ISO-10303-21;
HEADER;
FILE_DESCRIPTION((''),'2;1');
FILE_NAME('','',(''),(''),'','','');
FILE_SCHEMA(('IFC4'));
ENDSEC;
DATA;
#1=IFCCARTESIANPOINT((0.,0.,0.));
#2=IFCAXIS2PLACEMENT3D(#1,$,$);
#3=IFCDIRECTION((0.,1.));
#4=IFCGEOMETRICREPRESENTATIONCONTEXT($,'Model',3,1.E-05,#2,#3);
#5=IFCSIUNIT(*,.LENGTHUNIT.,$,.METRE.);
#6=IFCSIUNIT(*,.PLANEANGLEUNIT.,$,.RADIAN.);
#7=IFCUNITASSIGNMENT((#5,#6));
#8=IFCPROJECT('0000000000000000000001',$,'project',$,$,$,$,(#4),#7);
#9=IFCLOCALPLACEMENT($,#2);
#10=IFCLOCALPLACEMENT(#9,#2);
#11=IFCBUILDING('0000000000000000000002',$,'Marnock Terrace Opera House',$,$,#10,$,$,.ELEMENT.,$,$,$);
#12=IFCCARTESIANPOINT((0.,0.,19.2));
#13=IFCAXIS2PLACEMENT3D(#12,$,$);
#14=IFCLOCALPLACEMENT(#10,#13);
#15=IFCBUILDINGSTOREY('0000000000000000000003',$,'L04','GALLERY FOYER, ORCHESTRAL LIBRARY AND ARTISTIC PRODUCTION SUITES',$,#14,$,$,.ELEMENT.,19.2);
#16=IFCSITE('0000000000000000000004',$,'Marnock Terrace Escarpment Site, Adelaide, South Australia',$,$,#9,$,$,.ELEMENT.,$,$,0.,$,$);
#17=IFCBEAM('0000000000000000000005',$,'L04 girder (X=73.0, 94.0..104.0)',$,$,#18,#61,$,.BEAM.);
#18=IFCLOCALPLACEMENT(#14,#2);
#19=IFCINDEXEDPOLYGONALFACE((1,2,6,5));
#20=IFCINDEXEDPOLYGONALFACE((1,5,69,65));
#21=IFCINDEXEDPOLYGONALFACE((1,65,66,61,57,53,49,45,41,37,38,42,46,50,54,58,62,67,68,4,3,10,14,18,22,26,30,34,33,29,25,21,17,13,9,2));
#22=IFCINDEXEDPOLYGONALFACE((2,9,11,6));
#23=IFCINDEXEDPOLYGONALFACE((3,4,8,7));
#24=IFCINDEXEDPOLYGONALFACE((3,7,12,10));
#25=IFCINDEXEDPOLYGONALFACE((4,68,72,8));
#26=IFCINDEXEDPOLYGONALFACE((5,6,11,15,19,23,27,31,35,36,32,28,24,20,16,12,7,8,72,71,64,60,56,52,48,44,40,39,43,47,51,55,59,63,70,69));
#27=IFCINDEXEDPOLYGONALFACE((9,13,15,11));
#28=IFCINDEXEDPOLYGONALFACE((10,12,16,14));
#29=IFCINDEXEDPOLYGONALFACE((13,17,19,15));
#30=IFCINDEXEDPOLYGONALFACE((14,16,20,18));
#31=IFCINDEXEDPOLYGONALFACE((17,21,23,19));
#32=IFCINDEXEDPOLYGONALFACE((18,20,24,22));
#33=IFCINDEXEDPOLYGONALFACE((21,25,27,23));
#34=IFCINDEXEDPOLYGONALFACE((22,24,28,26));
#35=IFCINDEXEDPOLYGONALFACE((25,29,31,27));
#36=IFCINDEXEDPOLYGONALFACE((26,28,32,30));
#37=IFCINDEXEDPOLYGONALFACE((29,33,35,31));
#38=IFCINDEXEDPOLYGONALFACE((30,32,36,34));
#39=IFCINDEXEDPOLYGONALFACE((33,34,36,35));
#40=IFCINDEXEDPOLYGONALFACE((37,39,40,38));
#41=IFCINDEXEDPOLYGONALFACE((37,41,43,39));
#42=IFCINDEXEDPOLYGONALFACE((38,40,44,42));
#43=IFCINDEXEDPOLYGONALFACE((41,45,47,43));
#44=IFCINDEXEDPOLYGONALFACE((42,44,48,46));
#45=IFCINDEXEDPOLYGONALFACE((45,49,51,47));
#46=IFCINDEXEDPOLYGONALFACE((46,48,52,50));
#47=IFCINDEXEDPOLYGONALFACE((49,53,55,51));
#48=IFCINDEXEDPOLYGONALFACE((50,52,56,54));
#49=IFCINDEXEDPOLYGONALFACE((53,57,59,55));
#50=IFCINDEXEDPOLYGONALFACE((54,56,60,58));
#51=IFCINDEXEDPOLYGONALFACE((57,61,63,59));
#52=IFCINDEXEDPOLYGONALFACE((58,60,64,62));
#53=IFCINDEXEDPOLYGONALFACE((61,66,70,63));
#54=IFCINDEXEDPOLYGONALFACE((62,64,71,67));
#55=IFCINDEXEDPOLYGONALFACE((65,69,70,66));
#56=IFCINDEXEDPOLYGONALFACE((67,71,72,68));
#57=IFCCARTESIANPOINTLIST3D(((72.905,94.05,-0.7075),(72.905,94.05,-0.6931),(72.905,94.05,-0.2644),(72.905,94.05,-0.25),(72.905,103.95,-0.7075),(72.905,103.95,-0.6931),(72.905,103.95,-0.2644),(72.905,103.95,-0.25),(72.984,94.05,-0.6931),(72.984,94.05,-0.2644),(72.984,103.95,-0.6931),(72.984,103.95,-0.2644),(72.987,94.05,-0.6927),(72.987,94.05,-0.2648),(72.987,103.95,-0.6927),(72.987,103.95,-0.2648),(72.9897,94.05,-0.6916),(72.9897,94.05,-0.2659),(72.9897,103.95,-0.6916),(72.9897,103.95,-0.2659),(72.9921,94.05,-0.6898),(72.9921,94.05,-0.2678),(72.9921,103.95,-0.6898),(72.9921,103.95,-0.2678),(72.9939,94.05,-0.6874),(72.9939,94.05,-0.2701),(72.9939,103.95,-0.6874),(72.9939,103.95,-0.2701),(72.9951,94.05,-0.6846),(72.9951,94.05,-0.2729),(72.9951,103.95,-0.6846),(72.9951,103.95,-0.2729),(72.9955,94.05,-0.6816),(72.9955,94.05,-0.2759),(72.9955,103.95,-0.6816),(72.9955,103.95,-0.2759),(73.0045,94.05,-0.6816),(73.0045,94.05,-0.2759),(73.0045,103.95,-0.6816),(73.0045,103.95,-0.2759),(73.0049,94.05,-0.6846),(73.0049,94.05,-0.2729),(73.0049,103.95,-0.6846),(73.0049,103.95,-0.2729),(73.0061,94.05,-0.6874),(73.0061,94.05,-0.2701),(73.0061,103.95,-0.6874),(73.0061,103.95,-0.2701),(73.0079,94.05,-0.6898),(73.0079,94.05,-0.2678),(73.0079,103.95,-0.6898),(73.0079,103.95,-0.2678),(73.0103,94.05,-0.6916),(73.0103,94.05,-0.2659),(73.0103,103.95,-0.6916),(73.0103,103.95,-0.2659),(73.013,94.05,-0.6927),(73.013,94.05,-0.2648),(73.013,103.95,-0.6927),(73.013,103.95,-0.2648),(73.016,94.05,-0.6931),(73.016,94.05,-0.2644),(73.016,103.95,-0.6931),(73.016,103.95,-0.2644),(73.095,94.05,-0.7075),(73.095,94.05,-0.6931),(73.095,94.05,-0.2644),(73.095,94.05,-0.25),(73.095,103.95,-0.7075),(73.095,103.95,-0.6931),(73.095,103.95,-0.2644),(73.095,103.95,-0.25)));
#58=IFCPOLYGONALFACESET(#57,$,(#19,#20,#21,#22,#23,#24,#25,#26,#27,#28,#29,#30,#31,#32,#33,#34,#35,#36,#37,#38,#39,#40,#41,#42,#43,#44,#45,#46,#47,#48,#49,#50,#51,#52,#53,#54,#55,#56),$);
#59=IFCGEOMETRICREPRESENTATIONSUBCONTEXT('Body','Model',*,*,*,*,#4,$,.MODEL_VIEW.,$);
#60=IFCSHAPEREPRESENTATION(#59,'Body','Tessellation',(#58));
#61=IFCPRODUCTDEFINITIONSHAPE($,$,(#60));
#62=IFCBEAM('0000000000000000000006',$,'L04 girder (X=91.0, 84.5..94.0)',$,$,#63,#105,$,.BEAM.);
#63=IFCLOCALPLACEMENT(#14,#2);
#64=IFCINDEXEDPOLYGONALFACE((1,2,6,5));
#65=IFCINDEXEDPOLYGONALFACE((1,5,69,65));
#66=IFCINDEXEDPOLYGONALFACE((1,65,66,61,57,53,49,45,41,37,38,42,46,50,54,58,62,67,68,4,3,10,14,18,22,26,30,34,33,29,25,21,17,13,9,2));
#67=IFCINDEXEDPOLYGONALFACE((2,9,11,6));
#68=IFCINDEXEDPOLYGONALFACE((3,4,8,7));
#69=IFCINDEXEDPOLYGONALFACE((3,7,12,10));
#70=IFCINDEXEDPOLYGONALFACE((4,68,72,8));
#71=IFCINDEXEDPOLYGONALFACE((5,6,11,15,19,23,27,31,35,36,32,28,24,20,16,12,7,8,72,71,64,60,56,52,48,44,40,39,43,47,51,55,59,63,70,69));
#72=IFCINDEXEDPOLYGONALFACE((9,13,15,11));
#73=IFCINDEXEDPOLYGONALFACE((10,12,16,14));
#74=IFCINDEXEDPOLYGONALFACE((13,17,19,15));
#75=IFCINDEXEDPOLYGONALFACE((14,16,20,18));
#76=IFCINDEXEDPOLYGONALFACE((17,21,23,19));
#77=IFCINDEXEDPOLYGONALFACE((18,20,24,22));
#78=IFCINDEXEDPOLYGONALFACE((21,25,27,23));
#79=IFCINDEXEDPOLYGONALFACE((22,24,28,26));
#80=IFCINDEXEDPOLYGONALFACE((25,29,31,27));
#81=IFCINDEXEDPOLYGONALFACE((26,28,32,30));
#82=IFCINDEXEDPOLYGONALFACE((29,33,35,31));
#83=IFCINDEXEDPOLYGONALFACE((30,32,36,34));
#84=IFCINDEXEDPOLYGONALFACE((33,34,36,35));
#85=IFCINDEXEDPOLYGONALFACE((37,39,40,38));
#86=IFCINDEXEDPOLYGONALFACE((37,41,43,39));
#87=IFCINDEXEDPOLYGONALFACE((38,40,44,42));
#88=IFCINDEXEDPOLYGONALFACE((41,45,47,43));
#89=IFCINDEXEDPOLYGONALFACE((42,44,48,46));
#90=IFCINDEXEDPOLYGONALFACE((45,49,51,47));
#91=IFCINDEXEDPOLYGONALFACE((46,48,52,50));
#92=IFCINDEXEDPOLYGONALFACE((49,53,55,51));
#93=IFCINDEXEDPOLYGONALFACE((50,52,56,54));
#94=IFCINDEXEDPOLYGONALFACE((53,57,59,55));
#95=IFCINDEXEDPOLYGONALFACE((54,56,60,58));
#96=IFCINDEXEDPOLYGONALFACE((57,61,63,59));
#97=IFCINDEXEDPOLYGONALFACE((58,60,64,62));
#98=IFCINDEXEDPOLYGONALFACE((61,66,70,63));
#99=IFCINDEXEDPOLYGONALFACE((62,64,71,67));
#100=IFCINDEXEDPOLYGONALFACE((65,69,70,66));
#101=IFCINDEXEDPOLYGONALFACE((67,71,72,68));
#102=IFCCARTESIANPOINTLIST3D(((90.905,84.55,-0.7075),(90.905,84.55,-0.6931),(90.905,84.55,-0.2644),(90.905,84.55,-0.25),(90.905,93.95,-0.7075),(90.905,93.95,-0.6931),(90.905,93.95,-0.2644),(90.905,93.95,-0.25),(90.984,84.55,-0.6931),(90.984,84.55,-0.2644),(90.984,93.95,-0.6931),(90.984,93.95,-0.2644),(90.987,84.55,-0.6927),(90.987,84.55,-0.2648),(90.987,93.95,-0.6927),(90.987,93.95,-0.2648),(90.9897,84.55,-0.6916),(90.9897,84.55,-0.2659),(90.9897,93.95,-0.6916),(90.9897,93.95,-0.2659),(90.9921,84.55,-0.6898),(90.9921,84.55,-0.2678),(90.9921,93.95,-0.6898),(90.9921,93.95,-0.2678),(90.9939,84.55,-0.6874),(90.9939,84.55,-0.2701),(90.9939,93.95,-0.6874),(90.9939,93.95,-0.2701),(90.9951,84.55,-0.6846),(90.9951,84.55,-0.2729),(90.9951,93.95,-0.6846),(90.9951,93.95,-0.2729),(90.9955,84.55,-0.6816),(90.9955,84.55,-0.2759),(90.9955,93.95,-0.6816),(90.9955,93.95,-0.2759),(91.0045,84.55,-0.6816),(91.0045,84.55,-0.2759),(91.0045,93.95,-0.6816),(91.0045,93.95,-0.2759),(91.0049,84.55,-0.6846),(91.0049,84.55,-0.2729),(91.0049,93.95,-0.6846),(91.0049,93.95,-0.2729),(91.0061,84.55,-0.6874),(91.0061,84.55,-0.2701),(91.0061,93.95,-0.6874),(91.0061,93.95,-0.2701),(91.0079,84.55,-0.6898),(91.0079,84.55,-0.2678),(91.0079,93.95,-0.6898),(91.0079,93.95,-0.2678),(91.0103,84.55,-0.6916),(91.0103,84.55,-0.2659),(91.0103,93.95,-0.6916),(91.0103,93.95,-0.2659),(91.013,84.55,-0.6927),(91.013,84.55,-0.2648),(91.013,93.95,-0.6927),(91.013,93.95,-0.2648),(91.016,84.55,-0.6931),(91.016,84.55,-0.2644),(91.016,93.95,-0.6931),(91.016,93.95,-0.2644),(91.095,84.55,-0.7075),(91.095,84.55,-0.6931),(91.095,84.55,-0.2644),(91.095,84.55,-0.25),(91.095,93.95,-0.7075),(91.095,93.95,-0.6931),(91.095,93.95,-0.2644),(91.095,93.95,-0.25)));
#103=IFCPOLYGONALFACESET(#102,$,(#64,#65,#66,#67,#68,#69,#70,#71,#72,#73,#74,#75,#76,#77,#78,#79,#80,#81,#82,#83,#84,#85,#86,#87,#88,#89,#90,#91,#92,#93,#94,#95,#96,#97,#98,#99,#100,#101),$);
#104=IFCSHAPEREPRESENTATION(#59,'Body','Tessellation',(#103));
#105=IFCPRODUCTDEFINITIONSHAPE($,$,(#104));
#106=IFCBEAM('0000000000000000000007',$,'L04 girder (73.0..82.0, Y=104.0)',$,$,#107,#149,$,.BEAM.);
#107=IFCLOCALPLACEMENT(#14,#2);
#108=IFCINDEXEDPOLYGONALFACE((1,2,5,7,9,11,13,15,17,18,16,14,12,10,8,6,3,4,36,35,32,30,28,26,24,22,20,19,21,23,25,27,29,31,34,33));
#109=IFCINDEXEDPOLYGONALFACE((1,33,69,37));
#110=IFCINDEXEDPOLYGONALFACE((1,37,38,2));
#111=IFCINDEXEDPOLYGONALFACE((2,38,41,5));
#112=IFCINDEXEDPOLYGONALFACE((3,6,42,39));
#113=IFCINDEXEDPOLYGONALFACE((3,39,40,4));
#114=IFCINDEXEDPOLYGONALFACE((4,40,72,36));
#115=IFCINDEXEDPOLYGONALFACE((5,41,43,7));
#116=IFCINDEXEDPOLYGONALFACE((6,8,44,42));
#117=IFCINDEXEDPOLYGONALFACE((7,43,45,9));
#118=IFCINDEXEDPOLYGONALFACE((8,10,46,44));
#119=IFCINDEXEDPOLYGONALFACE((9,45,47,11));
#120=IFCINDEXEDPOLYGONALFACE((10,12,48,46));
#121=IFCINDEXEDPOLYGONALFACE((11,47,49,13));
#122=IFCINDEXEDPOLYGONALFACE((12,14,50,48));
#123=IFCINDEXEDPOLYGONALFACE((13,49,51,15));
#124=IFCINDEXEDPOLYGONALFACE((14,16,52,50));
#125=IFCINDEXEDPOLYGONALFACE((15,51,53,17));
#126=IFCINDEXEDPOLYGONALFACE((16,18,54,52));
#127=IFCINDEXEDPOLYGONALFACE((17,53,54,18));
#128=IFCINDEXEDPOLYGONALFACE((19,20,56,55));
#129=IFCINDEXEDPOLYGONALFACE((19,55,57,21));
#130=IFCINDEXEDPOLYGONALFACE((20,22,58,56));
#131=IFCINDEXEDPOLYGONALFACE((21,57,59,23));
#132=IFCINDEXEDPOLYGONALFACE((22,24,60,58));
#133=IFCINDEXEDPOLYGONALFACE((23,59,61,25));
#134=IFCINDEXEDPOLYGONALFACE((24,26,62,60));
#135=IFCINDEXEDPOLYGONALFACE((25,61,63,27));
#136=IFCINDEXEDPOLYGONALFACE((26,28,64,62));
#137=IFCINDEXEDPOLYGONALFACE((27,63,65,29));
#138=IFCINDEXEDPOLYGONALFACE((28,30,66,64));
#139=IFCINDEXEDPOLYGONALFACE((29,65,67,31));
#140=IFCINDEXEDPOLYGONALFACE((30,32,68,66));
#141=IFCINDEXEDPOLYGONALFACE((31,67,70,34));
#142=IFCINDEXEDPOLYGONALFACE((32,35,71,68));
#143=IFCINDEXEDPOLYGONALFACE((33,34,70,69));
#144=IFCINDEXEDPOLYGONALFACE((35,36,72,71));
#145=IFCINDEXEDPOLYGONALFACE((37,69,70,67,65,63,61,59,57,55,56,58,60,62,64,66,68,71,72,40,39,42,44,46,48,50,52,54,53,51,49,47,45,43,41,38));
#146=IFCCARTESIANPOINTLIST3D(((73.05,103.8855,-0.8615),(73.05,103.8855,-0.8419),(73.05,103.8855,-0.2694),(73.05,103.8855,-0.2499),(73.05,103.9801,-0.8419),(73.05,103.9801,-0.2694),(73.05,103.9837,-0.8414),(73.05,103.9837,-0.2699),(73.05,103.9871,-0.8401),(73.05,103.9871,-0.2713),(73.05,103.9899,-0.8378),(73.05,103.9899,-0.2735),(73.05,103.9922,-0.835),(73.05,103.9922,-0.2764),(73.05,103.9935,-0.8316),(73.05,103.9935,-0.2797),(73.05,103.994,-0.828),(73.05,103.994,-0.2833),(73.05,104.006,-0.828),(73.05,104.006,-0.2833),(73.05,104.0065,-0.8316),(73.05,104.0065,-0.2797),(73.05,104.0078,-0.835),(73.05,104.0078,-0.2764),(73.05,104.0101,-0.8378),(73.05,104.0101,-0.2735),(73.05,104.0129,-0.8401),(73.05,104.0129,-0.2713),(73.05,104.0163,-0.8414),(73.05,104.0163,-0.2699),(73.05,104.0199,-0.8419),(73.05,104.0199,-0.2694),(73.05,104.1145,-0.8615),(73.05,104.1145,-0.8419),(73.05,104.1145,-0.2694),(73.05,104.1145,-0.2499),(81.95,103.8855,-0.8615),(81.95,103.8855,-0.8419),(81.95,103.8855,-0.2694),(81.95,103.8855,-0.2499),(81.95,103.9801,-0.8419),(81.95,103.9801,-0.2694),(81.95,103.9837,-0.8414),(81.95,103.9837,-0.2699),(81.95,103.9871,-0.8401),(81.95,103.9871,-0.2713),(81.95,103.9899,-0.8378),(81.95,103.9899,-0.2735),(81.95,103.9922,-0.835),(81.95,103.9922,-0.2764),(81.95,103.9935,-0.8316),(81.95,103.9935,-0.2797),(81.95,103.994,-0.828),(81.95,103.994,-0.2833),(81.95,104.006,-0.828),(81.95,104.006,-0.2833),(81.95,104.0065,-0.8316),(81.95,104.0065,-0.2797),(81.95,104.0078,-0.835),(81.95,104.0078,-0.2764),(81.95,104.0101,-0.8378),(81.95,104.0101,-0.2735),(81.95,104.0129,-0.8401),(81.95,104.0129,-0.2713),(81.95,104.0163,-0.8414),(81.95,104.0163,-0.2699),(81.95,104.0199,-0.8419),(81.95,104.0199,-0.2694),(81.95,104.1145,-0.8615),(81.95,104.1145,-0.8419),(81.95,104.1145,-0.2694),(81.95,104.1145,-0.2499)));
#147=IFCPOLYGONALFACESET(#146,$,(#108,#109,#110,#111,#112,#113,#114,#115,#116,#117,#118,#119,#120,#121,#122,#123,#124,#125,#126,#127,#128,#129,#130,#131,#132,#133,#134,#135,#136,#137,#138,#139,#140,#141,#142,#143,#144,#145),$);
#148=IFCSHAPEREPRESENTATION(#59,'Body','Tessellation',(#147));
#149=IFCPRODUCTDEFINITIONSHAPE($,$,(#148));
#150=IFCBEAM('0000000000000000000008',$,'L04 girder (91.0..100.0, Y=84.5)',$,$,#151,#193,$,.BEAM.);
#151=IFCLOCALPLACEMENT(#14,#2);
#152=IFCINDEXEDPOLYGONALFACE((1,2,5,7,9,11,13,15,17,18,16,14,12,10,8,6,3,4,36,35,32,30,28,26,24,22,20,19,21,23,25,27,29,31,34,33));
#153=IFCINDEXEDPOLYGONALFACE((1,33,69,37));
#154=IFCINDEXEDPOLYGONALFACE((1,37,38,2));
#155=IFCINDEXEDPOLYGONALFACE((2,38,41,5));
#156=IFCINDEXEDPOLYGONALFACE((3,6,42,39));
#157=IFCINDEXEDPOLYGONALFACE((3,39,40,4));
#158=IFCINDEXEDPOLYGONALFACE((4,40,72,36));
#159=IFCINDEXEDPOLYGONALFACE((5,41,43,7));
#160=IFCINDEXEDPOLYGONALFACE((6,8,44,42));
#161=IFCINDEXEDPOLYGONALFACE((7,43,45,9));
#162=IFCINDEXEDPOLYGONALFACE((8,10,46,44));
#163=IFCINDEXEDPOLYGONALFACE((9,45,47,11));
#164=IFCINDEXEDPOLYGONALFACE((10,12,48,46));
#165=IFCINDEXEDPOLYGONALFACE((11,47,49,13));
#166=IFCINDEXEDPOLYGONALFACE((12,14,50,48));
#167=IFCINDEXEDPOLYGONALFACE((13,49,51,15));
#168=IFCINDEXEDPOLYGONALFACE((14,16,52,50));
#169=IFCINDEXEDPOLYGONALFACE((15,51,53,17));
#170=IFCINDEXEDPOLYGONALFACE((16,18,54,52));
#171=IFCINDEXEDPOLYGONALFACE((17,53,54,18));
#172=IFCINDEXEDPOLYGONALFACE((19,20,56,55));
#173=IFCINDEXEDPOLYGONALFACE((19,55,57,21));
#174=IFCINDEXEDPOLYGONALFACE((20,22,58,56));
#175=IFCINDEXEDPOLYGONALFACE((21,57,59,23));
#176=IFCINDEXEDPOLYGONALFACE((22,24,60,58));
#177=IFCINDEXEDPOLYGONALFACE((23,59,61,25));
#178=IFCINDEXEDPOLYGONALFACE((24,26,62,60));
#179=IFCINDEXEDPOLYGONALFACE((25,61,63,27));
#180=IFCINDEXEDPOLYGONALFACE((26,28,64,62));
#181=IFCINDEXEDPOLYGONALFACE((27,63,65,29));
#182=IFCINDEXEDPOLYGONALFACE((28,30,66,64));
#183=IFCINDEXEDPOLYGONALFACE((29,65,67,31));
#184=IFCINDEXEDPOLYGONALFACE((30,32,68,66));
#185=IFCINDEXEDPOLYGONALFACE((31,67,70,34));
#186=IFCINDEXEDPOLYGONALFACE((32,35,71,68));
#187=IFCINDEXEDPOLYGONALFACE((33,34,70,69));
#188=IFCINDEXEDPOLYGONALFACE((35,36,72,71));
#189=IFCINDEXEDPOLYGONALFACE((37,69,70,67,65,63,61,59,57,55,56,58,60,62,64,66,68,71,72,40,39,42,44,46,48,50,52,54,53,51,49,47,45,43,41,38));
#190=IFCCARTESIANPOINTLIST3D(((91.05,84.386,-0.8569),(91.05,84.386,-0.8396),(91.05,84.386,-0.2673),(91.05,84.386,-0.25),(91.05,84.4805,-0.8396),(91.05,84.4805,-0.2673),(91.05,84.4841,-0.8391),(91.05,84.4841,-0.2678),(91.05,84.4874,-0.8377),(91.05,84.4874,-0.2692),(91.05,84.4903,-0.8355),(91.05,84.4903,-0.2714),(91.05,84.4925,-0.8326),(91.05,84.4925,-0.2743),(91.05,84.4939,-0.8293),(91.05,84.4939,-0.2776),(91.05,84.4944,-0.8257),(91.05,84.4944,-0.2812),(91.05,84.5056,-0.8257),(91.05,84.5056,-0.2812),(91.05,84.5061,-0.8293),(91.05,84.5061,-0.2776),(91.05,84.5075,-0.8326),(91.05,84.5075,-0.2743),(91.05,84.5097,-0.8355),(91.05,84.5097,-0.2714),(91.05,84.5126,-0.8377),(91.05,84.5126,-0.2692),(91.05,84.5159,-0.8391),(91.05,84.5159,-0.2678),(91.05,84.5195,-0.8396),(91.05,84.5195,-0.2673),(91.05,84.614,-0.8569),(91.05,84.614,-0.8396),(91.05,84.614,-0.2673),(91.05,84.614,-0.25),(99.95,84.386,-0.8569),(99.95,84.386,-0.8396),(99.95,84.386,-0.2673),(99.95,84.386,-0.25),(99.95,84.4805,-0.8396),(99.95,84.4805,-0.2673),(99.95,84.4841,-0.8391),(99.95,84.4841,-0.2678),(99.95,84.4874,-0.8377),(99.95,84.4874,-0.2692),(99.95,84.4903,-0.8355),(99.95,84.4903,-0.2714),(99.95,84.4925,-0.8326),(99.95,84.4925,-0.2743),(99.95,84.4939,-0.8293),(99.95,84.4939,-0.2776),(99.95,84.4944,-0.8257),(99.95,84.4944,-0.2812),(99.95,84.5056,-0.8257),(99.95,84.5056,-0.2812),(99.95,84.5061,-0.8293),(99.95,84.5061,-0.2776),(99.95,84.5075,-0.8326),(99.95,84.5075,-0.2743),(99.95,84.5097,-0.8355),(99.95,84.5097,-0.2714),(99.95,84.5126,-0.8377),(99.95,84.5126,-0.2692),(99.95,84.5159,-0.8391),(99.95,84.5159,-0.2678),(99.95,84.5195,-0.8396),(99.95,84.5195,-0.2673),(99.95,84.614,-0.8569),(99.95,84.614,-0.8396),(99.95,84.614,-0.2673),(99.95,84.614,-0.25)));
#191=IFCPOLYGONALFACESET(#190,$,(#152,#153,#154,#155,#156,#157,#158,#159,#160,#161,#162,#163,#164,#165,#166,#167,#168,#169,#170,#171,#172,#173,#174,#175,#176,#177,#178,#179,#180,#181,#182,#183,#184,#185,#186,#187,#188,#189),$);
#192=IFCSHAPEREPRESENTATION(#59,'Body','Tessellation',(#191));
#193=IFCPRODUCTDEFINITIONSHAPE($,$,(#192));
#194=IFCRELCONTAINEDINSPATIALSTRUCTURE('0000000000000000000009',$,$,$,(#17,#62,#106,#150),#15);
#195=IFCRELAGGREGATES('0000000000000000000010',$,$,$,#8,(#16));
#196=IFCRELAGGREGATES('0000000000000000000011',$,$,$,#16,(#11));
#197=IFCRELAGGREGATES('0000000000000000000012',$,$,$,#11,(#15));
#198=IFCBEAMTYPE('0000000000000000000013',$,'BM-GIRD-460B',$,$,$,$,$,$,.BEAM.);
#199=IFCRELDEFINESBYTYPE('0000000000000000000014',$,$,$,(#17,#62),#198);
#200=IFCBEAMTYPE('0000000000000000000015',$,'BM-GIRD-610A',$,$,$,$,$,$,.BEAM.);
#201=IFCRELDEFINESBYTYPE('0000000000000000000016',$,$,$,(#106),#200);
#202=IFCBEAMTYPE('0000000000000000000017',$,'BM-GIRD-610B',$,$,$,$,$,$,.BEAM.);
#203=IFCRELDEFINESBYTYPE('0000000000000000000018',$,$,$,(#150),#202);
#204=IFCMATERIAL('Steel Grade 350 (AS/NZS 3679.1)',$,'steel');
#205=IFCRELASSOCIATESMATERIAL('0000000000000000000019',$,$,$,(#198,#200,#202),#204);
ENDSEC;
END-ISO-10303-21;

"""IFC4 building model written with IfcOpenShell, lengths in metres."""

from ifc_helpers import new_model, si_unit, direction, frame, origin, origin_2d, place, context, subcontext, project, spatial, i_section, extrude, material, material_profile, profile_set, type_object, element, save


model = new_model("IFC4")

# Units and contexts
model_context = context("Model", 3, precision=1e-05, world=origin(), true_north=direction((0.0, 1.0)))
body_context = subcontext(model_context, "Body", "Model", "MODEL_VIEW")
ifc_project = project(units=[si_unit("LENGTHUNIT", "METRE"), si_unit("PLANEANGLEUNIT", "RADIAN")], contexts=[model_context])

# Site, building, storey
site_placement = place(None, origin())
site = spatial("IfcSite", under=ifc_project, at=site_placement, Name="Marnock Terrace Escarpment Site, Adelaide, South Australia", CompositionType="ELEMENT", RefElevation=0.0)
building_placement = place(site_placement, origin())
building = spatial("IfcBuilding", under=site, at=building_placement, Name="Marnock Terrace Opera House", CompositionType="ELEMENT")
storey_placement = place(building_placement, frame((0.0, 0.0, 19.2)))
storey = spatial("IfcBuildingStorey", under=building, at=storey_placement, Name="L04", Description="GALLERY FOYER, ORCHESTRAL LIBRARY AND ARTISTIC PRODUCTION SUITES", CompositionType="ELEMENT", Elevation=19.2)

# Beams
ifc_material_1 = material(Name="Steel Grade 350 (AS/NZS 3679.1)", Category="steel")
ifc_material_profile_1 = material_profile(ifc_material_1, i_section(OverallWidth=0.1899, OverallDepth=0.4575, WebThickness=0.009, FlangeThickness=0.0144, FilletRadius=0.0115, at=origin_2d()))
ifc_profile_set_1 = profile_set([ifc_material_profile_1], Name="Steel Grade 350 (AS/NZS 3679.1)")
beam_type_1 = type_object("IfcBeamType", Name="BM-GIRD-460B", PredefinedType="BEAM", material=ifc_profile_set_1)
beam_1_placement = place(storey_placement, frame((73.0, 94.05, -0.4788), z_axis=(0.0, 1.0, 0.0), x_axis=(-1.0, 0.0, 0.0)))
element("IfcBeam", 1, at=beam_1_placement, inside=storey, type_object=beam_type_1, Name="L04 girder (X=73.0, 94.0..104.0)", PredefinedType="BEAM", context=body_context, shape_type="SweptSolid", body=[
    extrude(i_section(OverallWidth=0.1899, OverallDepth=0.4575, WebThickness=0.009, FlangeThickness=0.0144, FilletRadius=0.0115, at=origin_2d()), origin(), (0.0, 0.0, 1.0), 9.8999),
])
beam_2_placement = place(storey_placement, frame((91.0, 84.55, -0.4788), z_axis=(0.0, 1.0, 0.0), x_axis=(-1.0, 0.0, 0.0)))
element("IfcBeam", 2, at=beam_2_placement, inside=storey, type_object=beam_type_1, Name="L04 girder (X=91.0, 84.5..94.0)", PredefinedType="BEAM", context=body_context, shape_type="SweptSolid", body=[
    extrude(i_section(OverallWidth=0.1899, OverallDepth=0.4575, WebThickness=0.009, FlangeThickness=0.0144, FilletRadius=0.0115, at=origin_2d()), origin(), (0.0, 0.0, 1.0), 9.3999),
])
ifc_material_profile_2 = material_profile(ifc_material_1, i_section(OverallWidth=0.229, OverallDepth=0.6116, WebThickness=0.012, FlangeThickness=0.0195, FilletRadius=0.0139, at=origin_2d()))
ifc_profile_set_2 = profile_set([ifc_material_profile_2], Name="Steel Grade 350 (AS/NZS 3679.1)")
beam_type_2 = type_object("IfcBeamType", Name="BM-GIRD-610A", PredefinedType="BEAM", material=ifc_profile_set_2)
beam_3_placement = place(storey_placement, frame((73.05, 104.0, -0.5557), z_axis=(1.0, 0.0, 0.0), x_axis=(0.0, 1.0, 0.0)))
element("IfcBeam", 3, at=beam_3_placement, inside=storey, type_object=beam_type_2, Name="L04 girder (73.0..82.0, Y=104.0)", PredefinedType="BEAM", context=body_context, shape_type="SweptSolid", body=[
    extrude(i_section(OverallWidth=0.229, OverallDepth=0.6116, WebThickness=0.012, FlangeThickness=0.0195, FilletRadius=0.0139, at=origin_2d()), origin(), (0.0, 0.0, 1.0), 8.8999),
])
ifc_material_profile_3 = material_profile(ifc_material_1, i_section(OverallWidth=0.228, OverallDepth=0.6069, WebThickness=0.0112, FlangeThickness=0.0173, FilletRadius=0.0139, at=origin_2d()))
ifc_profile_set_3 = profile_set([ifc_material_profile_3], Name="Steel Grade 350 (AS/NZS 3679.1)")
beam_type_3 = type_object("IfcBeamType", Name="BM-GIRD-610B", PredefinedType="BEAM", material=ifc_profile_set_3)
beam_4_placement = place(storey_placement, frame((91.05, 84.5, -0.5535), z_axis=(1.0, 0.0, 0.0), x_axis=(0.0, 1.0, 0.0)))
element("IfcBeam", 4, at=beam_4_placement, inside=storey, type_object=beam_type_3, Name="L04 girder (91.0..100.0, Y=84.5)", PredefinedType="BEAM", context=body_context, shape_type="SweptSolid", body=[
    extrude(i_section(OverallWidth=0.228, OverallDepth=0.6069, WebThickness=0.0112, FlangeThickness=0.0173, FilletRadius=0.0139, at=origin_2d()), origin(), (0.0, 0.0, 1.0), 8.8999),
])

save(model, "model.ifc")
